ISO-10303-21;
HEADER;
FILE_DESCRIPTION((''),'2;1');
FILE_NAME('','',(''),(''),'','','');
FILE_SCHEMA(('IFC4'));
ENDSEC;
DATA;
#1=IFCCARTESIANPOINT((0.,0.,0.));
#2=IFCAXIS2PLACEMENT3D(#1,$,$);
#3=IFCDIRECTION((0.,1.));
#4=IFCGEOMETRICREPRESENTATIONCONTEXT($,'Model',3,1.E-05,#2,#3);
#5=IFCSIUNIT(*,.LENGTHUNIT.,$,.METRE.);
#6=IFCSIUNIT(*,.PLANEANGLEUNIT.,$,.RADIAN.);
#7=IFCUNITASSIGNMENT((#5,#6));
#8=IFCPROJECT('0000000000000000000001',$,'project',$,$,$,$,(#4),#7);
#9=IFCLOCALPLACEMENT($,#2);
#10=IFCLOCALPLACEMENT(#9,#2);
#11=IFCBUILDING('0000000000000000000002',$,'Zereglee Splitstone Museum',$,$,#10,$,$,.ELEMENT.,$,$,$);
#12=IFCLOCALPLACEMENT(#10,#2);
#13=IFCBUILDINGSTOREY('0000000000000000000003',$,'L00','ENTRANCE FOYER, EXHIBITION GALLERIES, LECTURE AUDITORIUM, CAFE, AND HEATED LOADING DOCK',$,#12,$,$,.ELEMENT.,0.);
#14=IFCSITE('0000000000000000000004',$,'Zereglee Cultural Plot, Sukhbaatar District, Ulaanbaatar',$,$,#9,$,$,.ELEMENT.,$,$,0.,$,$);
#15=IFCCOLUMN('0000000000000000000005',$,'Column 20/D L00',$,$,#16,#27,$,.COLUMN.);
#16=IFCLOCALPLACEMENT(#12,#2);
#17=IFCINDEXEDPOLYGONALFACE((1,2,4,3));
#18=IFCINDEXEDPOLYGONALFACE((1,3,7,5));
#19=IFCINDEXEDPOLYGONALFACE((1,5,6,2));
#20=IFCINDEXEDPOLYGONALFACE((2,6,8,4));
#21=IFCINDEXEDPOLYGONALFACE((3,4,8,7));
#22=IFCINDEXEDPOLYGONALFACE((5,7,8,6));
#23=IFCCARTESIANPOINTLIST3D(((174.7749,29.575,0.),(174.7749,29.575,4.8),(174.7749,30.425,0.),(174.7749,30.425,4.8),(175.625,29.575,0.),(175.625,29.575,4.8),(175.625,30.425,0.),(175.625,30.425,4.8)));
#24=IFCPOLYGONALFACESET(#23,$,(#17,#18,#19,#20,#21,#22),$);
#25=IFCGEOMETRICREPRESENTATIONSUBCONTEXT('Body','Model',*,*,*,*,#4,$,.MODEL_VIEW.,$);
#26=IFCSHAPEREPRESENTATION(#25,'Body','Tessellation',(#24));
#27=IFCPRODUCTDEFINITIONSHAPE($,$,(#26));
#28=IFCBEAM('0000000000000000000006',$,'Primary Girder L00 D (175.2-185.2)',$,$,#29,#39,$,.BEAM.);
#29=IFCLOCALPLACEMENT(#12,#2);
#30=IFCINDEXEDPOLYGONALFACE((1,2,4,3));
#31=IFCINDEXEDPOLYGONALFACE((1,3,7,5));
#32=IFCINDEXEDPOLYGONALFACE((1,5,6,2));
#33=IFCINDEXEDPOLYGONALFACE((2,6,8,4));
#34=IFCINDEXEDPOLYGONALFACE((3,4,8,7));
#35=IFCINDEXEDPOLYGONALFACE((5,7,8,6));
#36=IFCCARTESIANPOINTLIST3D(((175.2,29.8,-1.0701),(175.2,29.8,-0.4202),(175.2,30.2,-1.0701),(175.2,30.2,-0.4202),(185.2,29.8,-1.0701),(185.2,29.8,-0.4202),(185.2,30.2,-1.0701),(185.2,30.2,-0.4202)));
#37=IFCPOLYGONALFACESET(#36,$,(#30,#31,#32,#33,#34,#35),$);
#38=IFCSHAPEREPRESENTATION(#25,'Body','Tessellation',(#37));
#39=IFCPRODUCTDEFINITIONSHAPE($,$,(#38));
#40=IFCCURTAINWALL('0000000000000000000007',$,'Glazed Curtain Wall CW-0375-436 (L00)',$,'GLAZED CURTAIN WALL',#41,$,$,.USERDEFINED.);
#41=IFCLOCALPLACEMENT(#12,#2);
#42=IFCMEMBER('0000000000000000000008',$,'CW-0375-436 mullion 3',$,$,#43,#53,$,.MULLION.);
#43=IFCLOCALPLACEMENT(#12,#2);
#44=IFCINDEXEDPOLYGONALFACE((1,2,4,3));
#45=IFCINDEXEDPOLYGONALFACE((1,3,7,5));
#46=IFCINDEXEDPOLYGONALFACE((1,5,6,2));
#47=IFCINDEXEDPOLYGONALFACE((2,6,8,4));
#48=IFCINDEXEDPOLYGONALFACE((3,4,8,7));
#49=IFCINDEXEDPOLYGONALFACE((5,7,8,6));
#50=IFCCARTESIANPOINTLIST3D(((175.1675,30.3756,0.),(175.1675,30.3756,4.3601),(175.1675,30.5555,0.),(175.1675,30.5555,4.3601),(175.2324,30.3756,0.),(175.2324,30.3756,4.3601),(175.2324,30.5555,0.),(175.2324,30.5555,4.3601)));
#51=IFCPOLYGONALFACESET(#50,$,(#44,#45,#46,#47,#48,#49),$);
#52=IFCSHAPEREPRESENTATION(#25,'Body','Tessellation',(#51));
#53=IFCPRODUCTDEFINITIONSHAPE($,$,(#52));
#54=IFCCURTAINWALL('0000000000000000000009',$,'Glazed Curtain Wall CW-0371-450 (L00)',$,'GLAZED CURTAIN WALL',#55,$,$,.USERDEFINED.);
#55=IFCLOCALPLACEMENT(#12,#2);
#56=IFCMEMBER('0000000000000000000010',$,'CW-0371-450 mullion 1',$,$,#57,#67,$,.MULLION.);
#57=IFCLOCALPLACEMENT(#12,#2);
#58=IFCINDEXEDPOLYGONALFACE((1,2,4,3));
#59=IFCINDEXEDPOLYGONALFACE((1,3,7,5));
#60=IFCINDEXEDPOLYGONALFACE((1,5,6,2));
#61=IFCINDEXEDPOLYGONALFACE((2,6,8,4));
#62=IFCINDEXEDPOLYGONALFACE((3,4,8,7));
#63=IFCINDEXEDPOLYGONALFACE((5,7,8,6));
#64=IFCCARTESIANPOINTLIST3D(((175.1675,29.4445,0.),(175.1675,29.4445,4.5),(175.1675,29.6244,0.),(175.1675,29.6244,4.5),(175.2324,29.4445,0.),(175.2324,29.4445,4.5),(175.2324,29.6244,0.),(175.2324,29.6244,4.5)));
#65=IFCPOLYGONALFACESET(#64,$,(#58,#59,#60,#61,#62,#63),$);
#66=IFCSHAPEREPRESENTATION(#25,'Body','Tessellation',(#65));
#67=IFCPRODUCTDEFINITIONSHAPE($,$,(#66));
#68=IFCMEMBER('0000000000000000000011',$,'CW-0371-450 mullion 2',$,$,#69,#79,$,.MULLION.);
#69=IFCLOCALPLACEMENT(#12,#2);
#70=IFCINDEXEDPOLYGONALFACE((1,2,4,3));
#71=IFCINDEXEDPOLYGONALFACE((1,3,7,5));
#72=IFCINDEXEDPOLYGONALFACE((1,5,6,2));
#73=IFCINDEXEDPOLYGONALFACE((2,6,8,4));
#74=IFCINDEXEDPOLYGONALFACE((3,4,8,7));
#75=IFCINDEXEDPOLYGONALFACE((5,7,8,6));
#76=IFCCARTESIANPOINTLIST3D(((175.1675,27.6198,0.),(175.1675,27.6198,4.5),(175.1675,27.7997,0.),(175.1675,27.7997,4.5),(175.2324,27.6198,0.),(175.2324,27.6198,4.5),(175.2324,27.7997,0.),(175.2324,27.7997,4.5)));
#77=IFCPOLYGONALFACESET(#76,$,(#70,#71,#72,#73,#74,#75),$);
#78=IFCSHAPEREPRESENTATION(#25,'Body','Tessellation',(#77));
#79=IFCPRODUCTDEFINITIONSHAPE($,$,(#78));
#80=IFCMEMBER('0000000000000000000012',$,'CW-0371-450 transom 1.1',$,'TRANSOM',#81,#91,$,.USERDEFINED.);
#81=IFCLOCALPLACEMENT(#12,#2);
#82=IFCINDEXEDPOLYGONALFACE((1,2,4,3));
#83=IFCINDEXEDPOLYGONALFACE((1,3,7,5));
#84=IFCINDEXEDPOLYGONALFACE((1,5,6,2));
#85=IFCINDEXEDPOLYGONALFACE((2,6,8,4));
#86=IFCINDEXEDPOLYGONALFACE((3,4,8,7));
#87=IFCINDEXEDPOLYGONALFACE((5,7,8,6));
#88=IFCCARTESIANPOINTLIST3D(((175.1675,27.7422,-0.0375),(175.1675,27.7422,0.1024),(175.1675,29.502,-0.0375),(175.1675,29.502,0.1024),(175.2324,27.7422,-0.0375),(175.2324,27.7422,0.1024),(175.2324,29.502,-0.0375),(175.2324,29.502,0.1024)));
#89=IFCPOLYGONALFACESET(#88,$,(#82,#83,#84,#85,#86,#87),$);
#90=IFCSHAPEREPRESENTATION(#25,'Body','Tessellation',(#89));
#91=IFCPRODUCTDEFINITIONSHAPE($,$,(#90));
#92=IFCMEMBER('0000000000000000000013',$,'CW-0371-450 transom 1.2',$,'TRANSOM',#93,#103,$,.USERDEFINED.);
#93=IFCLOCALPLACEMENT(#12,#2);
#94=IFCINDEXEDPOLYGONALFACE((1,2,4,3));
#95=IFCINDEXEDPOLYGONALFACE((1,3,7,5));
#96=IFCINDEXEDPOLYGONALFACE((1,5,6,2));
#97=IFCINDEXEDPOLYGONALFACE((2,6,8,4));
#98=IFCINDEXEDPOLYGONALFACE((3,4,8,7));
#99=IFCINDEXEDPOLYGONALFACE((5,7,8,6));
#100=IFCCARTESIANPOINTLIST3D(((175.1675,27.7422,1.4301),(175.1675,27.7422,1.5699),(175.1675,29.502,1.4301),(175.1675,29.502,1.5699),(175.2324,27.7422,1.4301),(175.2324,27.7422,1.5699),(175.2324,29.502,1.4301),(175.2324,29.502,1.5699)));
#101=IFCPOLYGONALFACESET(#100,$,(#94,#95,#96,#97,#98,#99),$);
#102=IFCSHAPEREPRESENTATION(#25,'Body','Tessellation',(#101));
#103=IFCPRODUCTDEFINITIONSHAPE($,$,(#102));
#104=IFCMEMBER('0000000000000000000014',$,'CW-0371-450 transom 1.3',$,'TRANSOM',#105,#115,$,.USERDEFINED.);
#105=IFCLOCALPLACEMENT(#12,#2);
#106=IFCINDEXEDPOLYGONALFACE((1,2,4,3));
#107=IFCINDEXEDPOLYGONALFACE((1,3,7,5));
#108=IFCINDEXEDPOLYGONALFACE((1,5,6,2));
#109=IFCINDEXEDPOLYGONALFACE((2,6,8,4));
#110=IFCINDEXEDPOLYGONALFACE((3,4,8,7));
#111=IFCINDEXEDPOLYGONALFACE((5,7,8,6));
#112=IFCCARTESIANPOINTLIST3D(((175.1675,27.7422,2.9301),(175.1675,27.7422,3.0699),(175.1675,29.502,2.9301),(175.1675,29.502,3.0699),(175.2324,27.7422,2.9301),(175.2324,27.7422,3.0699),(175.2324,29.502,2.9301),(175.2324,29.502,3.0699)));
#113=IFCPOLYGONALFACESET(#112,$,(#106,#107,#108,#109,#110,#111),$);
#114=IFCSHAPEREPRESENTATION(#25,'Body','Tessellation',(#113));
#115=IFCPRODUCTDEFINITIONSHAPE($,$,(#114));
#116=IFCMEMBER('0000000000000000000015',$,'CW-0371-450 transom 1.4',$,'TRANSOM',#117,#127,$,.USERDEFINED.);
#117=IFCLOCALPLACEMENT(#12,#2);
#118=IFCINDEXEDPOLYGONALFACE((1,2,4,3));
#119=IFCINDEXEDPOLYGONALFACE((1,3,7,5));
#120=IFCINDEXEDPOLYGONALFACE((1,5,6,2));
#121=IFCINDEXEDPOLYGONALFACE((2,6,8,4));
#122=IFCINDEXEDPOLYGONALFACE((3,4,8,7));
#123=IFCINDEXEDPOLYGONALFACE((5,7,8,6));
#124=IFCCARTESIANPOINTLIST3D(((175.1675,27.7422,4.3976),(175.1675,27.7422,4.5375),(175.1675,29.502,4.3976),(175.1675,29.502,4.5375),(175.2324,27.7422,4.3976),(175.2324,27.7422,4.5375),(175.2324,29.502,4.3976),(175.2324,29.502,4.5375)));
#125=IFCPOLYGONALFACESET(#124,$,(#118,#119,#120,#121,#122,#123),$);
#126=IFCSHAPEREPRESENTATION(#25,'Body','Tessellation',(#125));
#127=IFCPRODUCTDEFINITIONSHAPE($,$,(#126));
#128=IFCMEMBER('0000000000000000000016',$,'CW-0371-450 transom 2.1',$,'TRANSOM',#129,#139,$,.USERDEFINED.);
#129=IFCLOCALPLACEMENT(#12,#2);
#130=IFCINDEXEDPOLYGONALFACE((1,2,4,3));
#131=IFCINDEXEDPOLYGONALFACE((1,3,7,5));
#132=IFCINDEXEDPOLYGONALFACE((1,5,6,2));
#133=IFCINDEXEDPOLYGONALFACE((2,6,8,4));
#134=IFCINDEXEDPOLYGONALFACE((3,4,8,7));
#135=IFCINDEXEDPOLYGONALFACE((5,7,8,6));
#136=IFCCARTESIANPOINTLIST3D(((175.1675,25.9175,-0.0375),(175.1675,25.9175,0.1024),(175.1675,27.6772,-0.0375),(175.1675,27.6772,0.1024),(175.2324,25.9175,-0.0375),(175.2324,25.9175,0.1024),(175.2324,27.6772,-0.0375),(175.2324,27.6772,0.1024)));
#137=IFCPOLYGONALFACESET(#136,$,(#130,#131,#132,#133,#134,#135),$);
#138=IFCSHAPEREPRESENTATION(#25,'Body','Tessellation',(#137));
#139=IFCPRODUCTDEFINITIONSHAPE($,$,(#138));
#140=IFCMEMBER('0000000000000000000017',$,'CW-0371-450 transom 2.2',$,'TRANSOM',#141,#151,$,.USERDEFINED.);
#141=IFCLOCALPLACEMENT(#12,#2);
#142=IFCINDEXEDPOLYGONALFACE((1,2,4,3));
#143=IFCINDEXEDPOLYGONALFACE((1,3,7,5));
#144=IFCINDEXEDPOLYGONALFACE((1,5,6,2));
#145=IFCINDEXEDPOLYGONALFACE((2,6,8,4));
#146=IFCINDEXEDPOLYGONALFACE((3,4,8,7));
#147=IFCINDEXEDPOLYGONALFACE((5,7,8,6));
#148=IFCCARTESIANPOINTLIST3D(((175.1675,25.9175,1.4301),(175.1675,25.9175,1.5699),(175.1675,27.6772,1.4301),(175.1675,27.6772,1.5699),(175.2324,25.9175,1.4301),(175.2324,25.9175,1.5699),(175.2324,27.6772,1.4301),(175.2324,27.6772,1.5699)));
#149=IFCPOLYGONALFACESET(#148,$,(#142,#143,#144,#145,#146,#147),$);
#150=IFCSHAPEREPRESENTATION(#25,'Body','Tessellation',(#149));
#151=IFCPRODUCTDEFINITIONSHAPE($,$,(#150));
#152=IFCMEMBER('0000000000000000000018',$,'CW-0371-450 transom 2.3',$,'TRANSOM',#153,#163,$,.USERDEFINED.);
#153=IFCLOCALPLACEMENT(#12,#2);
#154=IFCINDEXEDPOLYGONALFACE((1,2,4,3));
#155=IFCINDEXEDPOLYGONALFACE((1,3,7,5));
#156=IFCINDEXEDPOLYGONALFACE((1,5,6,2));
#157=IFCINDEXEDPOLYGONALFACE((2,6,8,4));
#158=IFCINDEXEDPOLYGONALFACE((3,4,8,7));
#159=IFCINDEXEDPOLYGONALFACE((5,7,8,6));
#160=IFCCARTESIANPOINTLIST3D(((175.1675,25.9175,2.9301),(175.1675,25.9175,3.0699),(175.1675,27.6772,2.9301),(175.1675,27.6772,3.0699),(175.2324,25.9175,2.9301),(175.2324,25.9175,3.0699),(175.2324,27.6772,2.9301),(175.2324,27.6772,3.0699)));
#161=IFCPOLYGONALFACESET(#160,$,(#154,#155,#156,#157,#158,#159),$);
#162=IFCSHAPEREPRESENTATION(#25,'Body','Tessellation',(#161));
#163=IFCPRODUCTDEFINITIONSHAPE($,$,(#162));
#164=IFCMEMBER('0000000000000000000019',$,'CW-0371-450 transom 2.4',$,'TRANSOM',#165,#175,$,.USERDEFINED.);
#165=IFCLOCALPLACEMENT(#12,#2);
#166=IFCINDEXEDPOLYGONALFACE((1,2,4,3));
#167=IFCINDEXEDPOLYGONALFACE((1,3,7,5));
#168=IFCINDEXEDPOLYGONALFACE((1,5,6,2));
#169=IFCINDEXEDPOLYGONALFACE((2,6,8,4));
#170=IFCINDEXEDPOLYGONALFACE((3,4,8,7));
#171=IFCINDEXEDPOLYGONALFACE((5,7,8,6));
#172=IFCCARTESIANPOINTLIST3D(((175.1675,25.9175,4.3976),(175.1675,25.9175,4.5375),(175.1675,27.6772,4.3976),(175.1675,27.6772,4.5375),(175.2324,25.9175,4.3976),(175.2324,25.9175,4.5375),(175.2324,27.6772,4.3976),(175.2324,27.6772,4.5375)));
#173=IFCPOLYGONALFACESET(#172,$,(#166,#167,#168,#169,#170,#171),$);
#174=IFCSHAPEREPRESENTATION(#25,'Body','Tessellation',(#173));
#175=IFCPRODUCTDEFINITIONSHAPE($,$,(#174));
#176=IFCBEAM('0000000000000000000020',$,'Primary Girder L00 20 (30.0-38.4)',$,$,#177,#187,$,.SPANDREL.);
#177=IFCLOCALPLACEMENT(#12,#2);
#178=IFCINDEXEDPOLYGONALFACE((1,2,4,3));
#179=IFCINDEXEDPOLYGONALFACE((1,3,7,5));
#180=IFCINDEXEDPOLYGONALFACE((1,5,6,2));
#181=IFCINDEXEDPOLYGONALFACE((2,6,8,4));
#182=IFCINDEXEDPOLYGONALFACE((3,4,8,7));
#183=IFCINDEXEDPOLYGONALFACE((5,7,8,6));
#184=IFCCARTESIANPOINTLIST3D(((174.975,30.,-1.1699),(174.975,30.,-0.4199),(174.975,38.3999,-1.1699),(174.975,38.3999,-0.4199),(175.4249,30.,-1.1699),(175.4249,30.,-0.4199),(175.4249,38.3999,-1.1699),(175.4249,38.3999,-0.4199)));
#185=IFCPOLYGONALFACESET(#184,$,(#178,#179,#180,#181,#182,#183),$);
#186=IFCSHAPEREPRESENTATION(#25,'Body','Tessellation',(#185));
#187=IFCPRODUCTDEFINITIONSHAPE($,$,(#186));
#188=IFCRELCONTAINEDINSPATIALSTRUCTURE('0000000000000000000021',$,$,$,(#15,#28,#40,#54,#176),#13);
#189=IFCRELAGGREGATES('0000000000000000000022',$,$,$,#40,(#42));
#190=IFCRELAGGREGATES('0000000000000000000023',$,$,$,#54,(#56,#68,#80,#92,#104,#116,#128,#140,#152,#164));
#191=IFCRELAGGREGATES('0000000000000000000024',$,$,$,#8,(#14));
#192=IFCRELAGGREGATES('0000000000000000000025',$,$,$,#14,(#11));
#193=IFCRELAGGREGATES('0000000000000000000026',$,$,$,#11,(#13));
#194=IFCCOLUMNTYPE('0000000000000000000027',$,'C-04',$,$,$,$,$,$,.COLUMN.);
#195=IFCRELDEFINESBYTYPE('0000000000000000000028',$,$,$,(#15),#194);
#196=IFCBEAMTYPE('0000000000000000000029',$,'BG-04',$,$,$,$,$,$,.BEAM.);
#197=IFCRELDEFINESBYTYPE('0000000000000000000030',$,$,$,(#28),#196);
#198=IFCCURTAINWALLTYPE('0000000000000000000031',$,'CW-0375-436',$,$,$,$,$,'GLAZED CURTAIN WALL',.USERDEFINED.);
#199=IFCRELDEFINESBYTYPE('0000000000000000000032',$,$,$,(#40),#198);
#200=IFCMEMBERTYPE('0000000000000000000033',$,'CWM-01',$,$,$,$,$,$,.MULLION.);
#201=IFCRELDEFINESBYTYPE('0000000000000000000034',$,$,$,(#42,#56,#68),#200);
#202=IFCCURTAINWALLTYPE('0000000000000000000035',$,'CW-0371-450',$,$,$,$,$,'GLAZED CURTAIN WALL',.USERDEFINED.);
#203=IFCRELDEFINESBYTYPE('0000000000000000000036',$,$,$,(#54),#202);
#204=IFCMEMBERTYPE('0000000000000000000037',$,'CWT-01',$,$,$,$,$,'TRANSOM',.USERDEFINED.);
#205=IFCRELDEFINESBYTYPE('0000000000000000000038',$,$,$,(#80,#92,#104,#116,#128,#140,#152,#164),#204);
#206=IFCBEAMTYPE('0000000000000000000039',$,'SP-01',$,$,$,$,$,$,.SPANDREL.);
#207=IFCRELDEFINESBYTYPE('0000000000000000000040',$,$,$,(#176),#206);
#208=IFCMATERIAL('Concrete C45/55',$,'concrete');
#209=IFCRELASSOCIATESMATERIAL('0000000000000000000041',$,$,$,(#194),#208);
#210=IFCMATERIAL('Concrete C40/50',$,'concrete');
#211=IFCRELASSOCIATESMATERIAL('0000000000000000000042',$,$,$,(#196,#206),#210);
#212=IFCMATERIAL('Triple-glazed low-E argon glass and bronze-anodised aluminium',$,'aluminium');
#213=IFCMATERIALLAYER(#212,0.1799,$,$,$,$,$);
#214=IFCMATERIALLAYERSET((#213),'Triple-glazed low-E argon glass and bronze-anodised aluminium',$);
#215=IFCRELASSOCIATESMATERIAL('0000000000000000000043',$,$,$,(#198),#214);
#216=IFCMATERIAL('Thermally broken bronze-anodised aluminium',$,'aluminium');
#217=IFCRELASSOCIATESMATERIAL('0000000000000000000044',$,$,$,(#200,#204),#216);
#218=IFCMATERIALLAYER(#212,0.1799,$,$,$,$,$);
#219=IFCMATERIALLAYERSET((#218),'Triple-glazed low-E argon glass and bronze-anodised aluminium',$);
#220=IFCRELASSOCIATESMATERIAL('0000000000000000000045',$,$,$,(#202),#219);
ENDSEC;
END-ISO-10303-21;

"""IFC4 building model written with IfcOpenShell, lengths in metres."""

from ifc_helpers import new_model, si_unit, direction, frame, origin, origin_2d, place, context, subcontext, project, spatial, rectangle, extrude, material, layer, layer_set, material_profile, profile_set, type_object, element, aggregate, save


model = new_model("IFC4")

# Units and contexts
model_context = context("Model", 3, precision=1e-05, world=origin(), true_north=direction((0.0, 1.0)))
body_context = subcontext(model_context, "Body", "Model", "MODEL_VIEW")
ifc_project = project(units=[si_unit("LENGTHUNIT", "METRE"), si_unit("PLANEANGLEUNIT", "RADIAN")], contexts=[model_context])

# Site, building, storey
site_placement = place(None, origin())
site = spatial("IfcSite", under=ifc_project, at=site_placement, Name="Zereglee Cultural Plot, Sukhbaatar District, Ulaanbaatar", CompositionType="ELEMENT", RefElevation=0.0)
building_placement = place(site_placement, origin())
building = spatial("IfcBuilding", under=site, at=building_placement, Name="Zereglee Splitstone Museum", CompositionType="ELEMENT")
storey_placement = place(building_placement, origin())
storey = spatial("IfcBuildingStorey", under=building, at=storey_placement, Name="L00", Description="ENTRANCE FOYER, EXHIBITION GALLERIES, LECTURE AUDITORIUM, CAFE, AND HEATED LOADING DOCK", CompositionType="ELEMENT", Elevation=0.0)

# Column
ifc_material_1 = material(Name="Concrete C45/55", Category="concrete")
ifc_material_profile_1 = material_profile(ifc_material_1, rectangle(XDim=0.8501, YDim=0.8501, at=origin_2d()), Name="RC 850x850")
ifc_profile_set_1 = profile_set([ifc_material_profile_1], Name="Concrete C45/55")
column_type = type_object("IfcColumnType", Name="C-04", PredefinedType="COLUMN", material=ifc_profile_set_1)
column_placement = place(storey_placement, frame((175.2, 30.0, 0.0), z_axis=(0.0, 0.0, 1.0), x_axis=(1.0, 0.0, 0.0)))
element("IfcColumn", 1, at=column_placement, inside=storey, type_object=column_type, Name="Column 20/D L00", PredefinedType="COLUMN", context=body_context, shape_type="SweptSolid", body=[
    extrude(rectangle(XDim=0.8501, YDim=0.8501, at=origin_2d()), origin(), (0.0, 0.0, 1.0), 4.8),
])

# Beam
ifc_material_2 = material(Name="Concrete C40/50", Category="concrete")
ifc_material_profile_2 = material_profile(ifc_material_2, rectangle(XDim=0.3999, YDim=0.6499, at=origin_2d()), Name="RC 400x650")
ifc_profile_set_2 = profile_set([ifc_material_profile_2], Name="Concrete C40/50")
beam_type_1 = type_object("IfcBeamType", Name="BG-04", PredefinedType="BEAM", material=ifc_profile_set_2)
beam_1_placement = place(storey_placement, frame((175.2, 30.0, -0.7451), z_axis=(1.0, 0.0, 0.0), x_axis=(0.0, 1.0, 0.0)))
element("IfcBeam", 2, at=beam_1_placement, inside=storey, type_object=beam_type_1, Name="Primary Girder L00 D (175.2-185.2)", PredefinedType="BEAM", context=body_context, shape_type="SweptSolid", body=[
    extrude(rectangle(XDim=0.3999, YDim=0.6499, at=origin_2d()), origin(), (0.0, 0.0, 1.0), 10.0),
])

# Curtain wall, member
ifc_material_3 = material(Name="Triple-glazed low-E argon glass and bronze-anodised aluminium", Category="aluminium")
ifc_layer_1 = layer(ifc_material_3, 0.1799)
ifc_layer_set_1 = layer_set([ifc_layer_1], Name="Triple-glazed low-E argon glass and bronze-anodised aluminium")
curtain_wall_type_1 = type_object("IfcCurtainWallType", Name="CW-0375-436", ElementType="GLAZED CURTAIN WALL", PredefinedType="USERDEFINED", material=ifc_layer_set_1)
curtain_wall_1_placement = place(storey_placement, origin())
curtain_wall_1 = element("IfcCurtainWall", 3, at=curtain_wall_1_placement, inside=storey, type_object=curtain_wall_type_1, Name="Glazed Curtain Wall CW-0375-436 (L00)", ObjectType="GLAZED CURTAIN WALL", PredefinedType="USERDEFINED")
ifc_material_4 = material(Name="Thermally broken bronze-anodised aluminium", Category="aluminium")
ifc_material_profile_3 = material_profile(ifc_material_4, rectangle(XDim=0.0649, YDim=0.1799, at=origin_2d()), Name="CW MULL 65x180")
ifc_profile_set_3 = profile_set([ifc_material_profile_3], Name="Thermally broken bronze-anodised aluminium")
member_type_1 = type_object("IfcMemberType", Name="CWM-01", PredefinedType="MULLION", material=ifc_profile_set_3)
member_1_placement = place(storey_placement, frame((175.2, 30.4656, 0.0), z_axis=(0.0, 0.0, 1.0), x_axis=(1.0, 0.0, 0.0)))
member_1 = element("IfcMember", 4, at=member_1_placement, type_object=member_type_1, Name="CW-0375-436 mullion 3", PredefinedType="MULLION", context=body_context, shape_type="SweptSolid", body=[
    extrude(rectangle(XDim=0.0649, YDim=0.1799, at=origin_2d()), origin(), (0.0, 0.0, 1.0), 4.3601),
])

# Curtain wall, members
ifc_layer_2 = layer(ifc_material_3, 0.1799)
ifc_layer_set_2 = layer_set([ifc_layer_2], Name="Triple-glazed low-E argon glass and bronze-anodised aluminium")
curtain_wall_type_2 = type_object("IfcCurtainWallType", Name="CW-0371-450", ElementType="GLAZED CURTAIN WALL", PredefinedType="USERDEFINED", material=ifc_layer_set_2)
curtain_wall_2_placement = place(storey_placement, origin())
curtain_wall_2 = element("IfcCurtainWall", 5, at=curtain_wall_2_placement, inside=storey, type_object=curtain_wall_type_2, Name="Glazed Curtain Wall CW-0371-450 (L00)", ObjectType="GLAZED CURTAIN WALL", PredefinedType="USERDEFINED")
member_2_placement = place(storey_placement, frame((175.2, 29.5344, 0.0), z_axis=(0.0, 0.0, 1.0), x_axis=(1.0, 0.0, 0.0)))
member_2 = element("IfcMember", 6, at=member_2_placement, type_object=member_type_1, Name="CW-0371-450 mullion 1", PredefinedType="MULLION", context=body_context, shape_type="SweptSolid", body=[
    extrude(rectangle(XDim=0.0649, YDim=0.1799, at=origin_2d()), origin(), (0.0, 0.0, 1.0), 4.5),
])
member_3_placement = place(storey_placement, frame((175.2, 27.7097, 0.0), z_axis=(0.0, 0.0, 1.0), x_axis=(1.0, 0.0, 0.0)))
member_3 = element("IfcMember", 7, at=member_3_placement, type_object=member_type_1, Name="CW-0371-450 mullion 2", PredefinedType="MULLION", context=body_context, shape_type="SweptSolid", body=[
    extrude(rectangle(XDim=0.0649, YDim=0.1799, at=origin_2d()), origin(), (0.0, 0.0, 1.0), 4.5),
])
ifc_material_profile_4 = material_profile(ifc_material_4, rectangle(XDim=0.0649, YDim=0.1399, at=origin_2d()), Name="CW TRAN 65x140")
ifc_profile_set_4 = profile_set([ifc_material_profile_4], Name="Thermally broken bronze-anodised aluminium")
member_type_2 = type_object("IfcMemberType", Name="CWT-01", ElementType="TRANSOM", PredefinedType="USERDEFINED", material=ifc_profile_set_4)
member_4_placement = place(storey_placement, frame((175.2, 29.502, 0.0325), z_axis=(0.0, -1.0, 0.0), x_axis=(1.0, 0.0, 0.0)))
member_4 = element("IfcMember", 8, at=member_4_placement, type_object=member_type_2, Name="CW-0371-450 transom 1.1", ObjectType="TRANSOM", PredefinedType="USERDEFINED", context=body_context, shape_type="SweptSolid", body=[
    extrude(rectangle(XDim=0.0649, YDim=0.1399, at=origin_2d()), origin(), (0.0, 0.0, 1.0), 1.7598),
])
member_5_placement = place(storey_placement, frame((175.2, 29.502, 1.5), z_axis=(0.0, -1.0, 0.0), x_axis=(1.0, 0.0, 0.0)))
member_5 = element("IfcMember", 9, at=member_5_placement, type_object=member_type_2, Name="CW-0371-450 transom 1.2", ObjectType="TRANSOM", PredefinedType="USERDEFINED", context=body_context, shape_type="SweptSolid", body=[
    extrude(rectangle(XDim=0.0649, YDim=0.1399, at=origin_2d()), origin(), (0.0, 0.0, 1.0), 1.7598),
])
member_6_placement = place(storey_placement, frame((175.2, 29.502, 3.0), z_axis=(0.0, -1.0, 0.0), x_axis=(1.0, 0.0, 0.0)))
member_6 = element("IfcMember", 10, at=member_6_placement, type_object=member_type_2, Name="CW-0371-450 transom 1.3", ObjectType="TRANSOM", PredefinedType="USERDEFINED", context=body_context, shape_type="SweptSolid", body=[
    extrude(rectangle(XDim=0.0649, YDim=0.1399, at=origin_2d()), origin(), (0.0, 0.0, 1.0), 1.7598),
])
member_7_placement = place(storey_placement, frame((175.2, 29.502, 4.4675), z_axis=(0.0, -1.0, 0.0), x_axis=(1.0, 0.0, 0.0)))
member_7 = element("IfcMember", 11, at=member_7_placement, type_object=member_type_2, Name="CW-0371-450 transom 1.4", ObjectType="TRANSOM", PredefinedType="USERDEFINED", context=body_context, shape_type="SweptSolid", body=[
    extrude(rectangle(XDim=0.0649, YDim=0.1399, at=origin_2d()), origin(), (0.0, 0.0, 1.0), 1.7598),
])
member_8_placement = place(storey_placement, frame((175.2, 27.6772, 0.0325), z_axis=(0.0, -1.0, 0.0), x_axis=(1.0, 0.0, 0.0)))
member_8 = element("IfcMember", 12, at=member_8_placement, type_object=member_type_2, Name="CW-0371-450 transom 2.1", ObjectType="TRANSOM", PredefinedType="USERDEFINED", context=body_context, shape_type="SweptSolid", body=[
    extrude(rectangle(XDim=0.0649, YDim=0.1399, at=origin_2d()), origin(), (0.0, 0.0, 1.0), 1.7598),
])
member_9_placement = place(storey_placement, frame((175.2, 27.6772, 1.5), z_axis=(0.0, -1.0, 0.0), x_axis=(1.0, 0.0, 0.0)))
member_9 = element("IfcMember", 13, at=member_9_placement, type_object=member_type_2, Name="CW-0371-450 transom 2.2", ObjectType="TRANSOM", PredefinedType="USERDEFINED", context=body_context, shape_type="SweptSolid", body=[
    extrude(rectangle(XDim=0.0649, YDim=0.1399, at=origin_2d()), origin(), (0.0, 0.0, 1.0), 1.7598),
])
member_10_placement = place(storey_placement, frame((175.2, 27.6772, 3.0), z_axis=(0.0, -1.0, 0.0), x_axis=(1.0, 0.0, 0.0)))
member_10 = element("IfcMember", 14, at=member_10_placement, type_object=member_type_2, Name="CW-0371-450 transom 2.3", ObjectType="TRANSOM", PredefinedType="USERDEFINED", context=body_context, shape_type="SweptSolid", body=[
    extrude(rectangle(XDim=0.0649, YDim=0.1399, at=origin_2d()), origin(), (0.0, 0.0, 1.0), 1.7598),
])
member_11_placement = place(storey_placement, frame((175.2, 27.6772, 4.4675), z_axis=(0.0, -1.0, 0.0), x_axis=(1.0, 0.0, 0.0)))
member_11 = element("IfcMember", 15, at=member_11_placement, type_object=member_type_2, Name="CW-0371-450 transom 2.4", ObjectType="TRANSOM", PredefinedType="USERDEFINED", context=body_context, shape_type="SweptSolid", body=[
    extrude(rectangle(XDim=0.0649, YDim=0.1399, at=origin_2d()), origin(), (0.0, 0.0, 1.0), 1.7598),
])

# Beam
ifc_material_profile_5 = material_profile(ifc_material_2, rectangle(XDim=0.45, YDim=0.75, at=origin_2d()), Name="RC 450x750")
ifc_profile_set_5 = profile_set([ifc_material_profile_5], Name="Concrete C40/50")
beam_type_2 = type_object("IfcBeamType", Name="SP-01", PredefinedType="SPANDREL", material=ifc_profile_set_5)
beam_2_placement = place(storey_placement, frame((175.2, 30.0, -0.7949), z_axis=(0.0, 1.0, 0.0), x_axis=(-1.0, 0.0, 0.0)))
element("IfcBeam", 16, at=beam_2_placement, inside=storey, type_object=beam_type_2, Name="Primary Girder L00 20 (30.0-38.4)", PredefinedType="SPANDREL", context=body_context, shape_type="SweptSolid", body=[
    extrude(rectangle(XDim=0.45, YDim=0.75, at=origin_2d()), origin(), (0.0, 0.0, 1.0), 8.3999),
])

aggregate(curtain_wall_1, [member_1])
aggregate(curtain_wall_2, [member_2, member_3, member_4, member_5, member_6, member_7, member_8, member_9, member_10, member_11])

save(model, "model.ifc")
